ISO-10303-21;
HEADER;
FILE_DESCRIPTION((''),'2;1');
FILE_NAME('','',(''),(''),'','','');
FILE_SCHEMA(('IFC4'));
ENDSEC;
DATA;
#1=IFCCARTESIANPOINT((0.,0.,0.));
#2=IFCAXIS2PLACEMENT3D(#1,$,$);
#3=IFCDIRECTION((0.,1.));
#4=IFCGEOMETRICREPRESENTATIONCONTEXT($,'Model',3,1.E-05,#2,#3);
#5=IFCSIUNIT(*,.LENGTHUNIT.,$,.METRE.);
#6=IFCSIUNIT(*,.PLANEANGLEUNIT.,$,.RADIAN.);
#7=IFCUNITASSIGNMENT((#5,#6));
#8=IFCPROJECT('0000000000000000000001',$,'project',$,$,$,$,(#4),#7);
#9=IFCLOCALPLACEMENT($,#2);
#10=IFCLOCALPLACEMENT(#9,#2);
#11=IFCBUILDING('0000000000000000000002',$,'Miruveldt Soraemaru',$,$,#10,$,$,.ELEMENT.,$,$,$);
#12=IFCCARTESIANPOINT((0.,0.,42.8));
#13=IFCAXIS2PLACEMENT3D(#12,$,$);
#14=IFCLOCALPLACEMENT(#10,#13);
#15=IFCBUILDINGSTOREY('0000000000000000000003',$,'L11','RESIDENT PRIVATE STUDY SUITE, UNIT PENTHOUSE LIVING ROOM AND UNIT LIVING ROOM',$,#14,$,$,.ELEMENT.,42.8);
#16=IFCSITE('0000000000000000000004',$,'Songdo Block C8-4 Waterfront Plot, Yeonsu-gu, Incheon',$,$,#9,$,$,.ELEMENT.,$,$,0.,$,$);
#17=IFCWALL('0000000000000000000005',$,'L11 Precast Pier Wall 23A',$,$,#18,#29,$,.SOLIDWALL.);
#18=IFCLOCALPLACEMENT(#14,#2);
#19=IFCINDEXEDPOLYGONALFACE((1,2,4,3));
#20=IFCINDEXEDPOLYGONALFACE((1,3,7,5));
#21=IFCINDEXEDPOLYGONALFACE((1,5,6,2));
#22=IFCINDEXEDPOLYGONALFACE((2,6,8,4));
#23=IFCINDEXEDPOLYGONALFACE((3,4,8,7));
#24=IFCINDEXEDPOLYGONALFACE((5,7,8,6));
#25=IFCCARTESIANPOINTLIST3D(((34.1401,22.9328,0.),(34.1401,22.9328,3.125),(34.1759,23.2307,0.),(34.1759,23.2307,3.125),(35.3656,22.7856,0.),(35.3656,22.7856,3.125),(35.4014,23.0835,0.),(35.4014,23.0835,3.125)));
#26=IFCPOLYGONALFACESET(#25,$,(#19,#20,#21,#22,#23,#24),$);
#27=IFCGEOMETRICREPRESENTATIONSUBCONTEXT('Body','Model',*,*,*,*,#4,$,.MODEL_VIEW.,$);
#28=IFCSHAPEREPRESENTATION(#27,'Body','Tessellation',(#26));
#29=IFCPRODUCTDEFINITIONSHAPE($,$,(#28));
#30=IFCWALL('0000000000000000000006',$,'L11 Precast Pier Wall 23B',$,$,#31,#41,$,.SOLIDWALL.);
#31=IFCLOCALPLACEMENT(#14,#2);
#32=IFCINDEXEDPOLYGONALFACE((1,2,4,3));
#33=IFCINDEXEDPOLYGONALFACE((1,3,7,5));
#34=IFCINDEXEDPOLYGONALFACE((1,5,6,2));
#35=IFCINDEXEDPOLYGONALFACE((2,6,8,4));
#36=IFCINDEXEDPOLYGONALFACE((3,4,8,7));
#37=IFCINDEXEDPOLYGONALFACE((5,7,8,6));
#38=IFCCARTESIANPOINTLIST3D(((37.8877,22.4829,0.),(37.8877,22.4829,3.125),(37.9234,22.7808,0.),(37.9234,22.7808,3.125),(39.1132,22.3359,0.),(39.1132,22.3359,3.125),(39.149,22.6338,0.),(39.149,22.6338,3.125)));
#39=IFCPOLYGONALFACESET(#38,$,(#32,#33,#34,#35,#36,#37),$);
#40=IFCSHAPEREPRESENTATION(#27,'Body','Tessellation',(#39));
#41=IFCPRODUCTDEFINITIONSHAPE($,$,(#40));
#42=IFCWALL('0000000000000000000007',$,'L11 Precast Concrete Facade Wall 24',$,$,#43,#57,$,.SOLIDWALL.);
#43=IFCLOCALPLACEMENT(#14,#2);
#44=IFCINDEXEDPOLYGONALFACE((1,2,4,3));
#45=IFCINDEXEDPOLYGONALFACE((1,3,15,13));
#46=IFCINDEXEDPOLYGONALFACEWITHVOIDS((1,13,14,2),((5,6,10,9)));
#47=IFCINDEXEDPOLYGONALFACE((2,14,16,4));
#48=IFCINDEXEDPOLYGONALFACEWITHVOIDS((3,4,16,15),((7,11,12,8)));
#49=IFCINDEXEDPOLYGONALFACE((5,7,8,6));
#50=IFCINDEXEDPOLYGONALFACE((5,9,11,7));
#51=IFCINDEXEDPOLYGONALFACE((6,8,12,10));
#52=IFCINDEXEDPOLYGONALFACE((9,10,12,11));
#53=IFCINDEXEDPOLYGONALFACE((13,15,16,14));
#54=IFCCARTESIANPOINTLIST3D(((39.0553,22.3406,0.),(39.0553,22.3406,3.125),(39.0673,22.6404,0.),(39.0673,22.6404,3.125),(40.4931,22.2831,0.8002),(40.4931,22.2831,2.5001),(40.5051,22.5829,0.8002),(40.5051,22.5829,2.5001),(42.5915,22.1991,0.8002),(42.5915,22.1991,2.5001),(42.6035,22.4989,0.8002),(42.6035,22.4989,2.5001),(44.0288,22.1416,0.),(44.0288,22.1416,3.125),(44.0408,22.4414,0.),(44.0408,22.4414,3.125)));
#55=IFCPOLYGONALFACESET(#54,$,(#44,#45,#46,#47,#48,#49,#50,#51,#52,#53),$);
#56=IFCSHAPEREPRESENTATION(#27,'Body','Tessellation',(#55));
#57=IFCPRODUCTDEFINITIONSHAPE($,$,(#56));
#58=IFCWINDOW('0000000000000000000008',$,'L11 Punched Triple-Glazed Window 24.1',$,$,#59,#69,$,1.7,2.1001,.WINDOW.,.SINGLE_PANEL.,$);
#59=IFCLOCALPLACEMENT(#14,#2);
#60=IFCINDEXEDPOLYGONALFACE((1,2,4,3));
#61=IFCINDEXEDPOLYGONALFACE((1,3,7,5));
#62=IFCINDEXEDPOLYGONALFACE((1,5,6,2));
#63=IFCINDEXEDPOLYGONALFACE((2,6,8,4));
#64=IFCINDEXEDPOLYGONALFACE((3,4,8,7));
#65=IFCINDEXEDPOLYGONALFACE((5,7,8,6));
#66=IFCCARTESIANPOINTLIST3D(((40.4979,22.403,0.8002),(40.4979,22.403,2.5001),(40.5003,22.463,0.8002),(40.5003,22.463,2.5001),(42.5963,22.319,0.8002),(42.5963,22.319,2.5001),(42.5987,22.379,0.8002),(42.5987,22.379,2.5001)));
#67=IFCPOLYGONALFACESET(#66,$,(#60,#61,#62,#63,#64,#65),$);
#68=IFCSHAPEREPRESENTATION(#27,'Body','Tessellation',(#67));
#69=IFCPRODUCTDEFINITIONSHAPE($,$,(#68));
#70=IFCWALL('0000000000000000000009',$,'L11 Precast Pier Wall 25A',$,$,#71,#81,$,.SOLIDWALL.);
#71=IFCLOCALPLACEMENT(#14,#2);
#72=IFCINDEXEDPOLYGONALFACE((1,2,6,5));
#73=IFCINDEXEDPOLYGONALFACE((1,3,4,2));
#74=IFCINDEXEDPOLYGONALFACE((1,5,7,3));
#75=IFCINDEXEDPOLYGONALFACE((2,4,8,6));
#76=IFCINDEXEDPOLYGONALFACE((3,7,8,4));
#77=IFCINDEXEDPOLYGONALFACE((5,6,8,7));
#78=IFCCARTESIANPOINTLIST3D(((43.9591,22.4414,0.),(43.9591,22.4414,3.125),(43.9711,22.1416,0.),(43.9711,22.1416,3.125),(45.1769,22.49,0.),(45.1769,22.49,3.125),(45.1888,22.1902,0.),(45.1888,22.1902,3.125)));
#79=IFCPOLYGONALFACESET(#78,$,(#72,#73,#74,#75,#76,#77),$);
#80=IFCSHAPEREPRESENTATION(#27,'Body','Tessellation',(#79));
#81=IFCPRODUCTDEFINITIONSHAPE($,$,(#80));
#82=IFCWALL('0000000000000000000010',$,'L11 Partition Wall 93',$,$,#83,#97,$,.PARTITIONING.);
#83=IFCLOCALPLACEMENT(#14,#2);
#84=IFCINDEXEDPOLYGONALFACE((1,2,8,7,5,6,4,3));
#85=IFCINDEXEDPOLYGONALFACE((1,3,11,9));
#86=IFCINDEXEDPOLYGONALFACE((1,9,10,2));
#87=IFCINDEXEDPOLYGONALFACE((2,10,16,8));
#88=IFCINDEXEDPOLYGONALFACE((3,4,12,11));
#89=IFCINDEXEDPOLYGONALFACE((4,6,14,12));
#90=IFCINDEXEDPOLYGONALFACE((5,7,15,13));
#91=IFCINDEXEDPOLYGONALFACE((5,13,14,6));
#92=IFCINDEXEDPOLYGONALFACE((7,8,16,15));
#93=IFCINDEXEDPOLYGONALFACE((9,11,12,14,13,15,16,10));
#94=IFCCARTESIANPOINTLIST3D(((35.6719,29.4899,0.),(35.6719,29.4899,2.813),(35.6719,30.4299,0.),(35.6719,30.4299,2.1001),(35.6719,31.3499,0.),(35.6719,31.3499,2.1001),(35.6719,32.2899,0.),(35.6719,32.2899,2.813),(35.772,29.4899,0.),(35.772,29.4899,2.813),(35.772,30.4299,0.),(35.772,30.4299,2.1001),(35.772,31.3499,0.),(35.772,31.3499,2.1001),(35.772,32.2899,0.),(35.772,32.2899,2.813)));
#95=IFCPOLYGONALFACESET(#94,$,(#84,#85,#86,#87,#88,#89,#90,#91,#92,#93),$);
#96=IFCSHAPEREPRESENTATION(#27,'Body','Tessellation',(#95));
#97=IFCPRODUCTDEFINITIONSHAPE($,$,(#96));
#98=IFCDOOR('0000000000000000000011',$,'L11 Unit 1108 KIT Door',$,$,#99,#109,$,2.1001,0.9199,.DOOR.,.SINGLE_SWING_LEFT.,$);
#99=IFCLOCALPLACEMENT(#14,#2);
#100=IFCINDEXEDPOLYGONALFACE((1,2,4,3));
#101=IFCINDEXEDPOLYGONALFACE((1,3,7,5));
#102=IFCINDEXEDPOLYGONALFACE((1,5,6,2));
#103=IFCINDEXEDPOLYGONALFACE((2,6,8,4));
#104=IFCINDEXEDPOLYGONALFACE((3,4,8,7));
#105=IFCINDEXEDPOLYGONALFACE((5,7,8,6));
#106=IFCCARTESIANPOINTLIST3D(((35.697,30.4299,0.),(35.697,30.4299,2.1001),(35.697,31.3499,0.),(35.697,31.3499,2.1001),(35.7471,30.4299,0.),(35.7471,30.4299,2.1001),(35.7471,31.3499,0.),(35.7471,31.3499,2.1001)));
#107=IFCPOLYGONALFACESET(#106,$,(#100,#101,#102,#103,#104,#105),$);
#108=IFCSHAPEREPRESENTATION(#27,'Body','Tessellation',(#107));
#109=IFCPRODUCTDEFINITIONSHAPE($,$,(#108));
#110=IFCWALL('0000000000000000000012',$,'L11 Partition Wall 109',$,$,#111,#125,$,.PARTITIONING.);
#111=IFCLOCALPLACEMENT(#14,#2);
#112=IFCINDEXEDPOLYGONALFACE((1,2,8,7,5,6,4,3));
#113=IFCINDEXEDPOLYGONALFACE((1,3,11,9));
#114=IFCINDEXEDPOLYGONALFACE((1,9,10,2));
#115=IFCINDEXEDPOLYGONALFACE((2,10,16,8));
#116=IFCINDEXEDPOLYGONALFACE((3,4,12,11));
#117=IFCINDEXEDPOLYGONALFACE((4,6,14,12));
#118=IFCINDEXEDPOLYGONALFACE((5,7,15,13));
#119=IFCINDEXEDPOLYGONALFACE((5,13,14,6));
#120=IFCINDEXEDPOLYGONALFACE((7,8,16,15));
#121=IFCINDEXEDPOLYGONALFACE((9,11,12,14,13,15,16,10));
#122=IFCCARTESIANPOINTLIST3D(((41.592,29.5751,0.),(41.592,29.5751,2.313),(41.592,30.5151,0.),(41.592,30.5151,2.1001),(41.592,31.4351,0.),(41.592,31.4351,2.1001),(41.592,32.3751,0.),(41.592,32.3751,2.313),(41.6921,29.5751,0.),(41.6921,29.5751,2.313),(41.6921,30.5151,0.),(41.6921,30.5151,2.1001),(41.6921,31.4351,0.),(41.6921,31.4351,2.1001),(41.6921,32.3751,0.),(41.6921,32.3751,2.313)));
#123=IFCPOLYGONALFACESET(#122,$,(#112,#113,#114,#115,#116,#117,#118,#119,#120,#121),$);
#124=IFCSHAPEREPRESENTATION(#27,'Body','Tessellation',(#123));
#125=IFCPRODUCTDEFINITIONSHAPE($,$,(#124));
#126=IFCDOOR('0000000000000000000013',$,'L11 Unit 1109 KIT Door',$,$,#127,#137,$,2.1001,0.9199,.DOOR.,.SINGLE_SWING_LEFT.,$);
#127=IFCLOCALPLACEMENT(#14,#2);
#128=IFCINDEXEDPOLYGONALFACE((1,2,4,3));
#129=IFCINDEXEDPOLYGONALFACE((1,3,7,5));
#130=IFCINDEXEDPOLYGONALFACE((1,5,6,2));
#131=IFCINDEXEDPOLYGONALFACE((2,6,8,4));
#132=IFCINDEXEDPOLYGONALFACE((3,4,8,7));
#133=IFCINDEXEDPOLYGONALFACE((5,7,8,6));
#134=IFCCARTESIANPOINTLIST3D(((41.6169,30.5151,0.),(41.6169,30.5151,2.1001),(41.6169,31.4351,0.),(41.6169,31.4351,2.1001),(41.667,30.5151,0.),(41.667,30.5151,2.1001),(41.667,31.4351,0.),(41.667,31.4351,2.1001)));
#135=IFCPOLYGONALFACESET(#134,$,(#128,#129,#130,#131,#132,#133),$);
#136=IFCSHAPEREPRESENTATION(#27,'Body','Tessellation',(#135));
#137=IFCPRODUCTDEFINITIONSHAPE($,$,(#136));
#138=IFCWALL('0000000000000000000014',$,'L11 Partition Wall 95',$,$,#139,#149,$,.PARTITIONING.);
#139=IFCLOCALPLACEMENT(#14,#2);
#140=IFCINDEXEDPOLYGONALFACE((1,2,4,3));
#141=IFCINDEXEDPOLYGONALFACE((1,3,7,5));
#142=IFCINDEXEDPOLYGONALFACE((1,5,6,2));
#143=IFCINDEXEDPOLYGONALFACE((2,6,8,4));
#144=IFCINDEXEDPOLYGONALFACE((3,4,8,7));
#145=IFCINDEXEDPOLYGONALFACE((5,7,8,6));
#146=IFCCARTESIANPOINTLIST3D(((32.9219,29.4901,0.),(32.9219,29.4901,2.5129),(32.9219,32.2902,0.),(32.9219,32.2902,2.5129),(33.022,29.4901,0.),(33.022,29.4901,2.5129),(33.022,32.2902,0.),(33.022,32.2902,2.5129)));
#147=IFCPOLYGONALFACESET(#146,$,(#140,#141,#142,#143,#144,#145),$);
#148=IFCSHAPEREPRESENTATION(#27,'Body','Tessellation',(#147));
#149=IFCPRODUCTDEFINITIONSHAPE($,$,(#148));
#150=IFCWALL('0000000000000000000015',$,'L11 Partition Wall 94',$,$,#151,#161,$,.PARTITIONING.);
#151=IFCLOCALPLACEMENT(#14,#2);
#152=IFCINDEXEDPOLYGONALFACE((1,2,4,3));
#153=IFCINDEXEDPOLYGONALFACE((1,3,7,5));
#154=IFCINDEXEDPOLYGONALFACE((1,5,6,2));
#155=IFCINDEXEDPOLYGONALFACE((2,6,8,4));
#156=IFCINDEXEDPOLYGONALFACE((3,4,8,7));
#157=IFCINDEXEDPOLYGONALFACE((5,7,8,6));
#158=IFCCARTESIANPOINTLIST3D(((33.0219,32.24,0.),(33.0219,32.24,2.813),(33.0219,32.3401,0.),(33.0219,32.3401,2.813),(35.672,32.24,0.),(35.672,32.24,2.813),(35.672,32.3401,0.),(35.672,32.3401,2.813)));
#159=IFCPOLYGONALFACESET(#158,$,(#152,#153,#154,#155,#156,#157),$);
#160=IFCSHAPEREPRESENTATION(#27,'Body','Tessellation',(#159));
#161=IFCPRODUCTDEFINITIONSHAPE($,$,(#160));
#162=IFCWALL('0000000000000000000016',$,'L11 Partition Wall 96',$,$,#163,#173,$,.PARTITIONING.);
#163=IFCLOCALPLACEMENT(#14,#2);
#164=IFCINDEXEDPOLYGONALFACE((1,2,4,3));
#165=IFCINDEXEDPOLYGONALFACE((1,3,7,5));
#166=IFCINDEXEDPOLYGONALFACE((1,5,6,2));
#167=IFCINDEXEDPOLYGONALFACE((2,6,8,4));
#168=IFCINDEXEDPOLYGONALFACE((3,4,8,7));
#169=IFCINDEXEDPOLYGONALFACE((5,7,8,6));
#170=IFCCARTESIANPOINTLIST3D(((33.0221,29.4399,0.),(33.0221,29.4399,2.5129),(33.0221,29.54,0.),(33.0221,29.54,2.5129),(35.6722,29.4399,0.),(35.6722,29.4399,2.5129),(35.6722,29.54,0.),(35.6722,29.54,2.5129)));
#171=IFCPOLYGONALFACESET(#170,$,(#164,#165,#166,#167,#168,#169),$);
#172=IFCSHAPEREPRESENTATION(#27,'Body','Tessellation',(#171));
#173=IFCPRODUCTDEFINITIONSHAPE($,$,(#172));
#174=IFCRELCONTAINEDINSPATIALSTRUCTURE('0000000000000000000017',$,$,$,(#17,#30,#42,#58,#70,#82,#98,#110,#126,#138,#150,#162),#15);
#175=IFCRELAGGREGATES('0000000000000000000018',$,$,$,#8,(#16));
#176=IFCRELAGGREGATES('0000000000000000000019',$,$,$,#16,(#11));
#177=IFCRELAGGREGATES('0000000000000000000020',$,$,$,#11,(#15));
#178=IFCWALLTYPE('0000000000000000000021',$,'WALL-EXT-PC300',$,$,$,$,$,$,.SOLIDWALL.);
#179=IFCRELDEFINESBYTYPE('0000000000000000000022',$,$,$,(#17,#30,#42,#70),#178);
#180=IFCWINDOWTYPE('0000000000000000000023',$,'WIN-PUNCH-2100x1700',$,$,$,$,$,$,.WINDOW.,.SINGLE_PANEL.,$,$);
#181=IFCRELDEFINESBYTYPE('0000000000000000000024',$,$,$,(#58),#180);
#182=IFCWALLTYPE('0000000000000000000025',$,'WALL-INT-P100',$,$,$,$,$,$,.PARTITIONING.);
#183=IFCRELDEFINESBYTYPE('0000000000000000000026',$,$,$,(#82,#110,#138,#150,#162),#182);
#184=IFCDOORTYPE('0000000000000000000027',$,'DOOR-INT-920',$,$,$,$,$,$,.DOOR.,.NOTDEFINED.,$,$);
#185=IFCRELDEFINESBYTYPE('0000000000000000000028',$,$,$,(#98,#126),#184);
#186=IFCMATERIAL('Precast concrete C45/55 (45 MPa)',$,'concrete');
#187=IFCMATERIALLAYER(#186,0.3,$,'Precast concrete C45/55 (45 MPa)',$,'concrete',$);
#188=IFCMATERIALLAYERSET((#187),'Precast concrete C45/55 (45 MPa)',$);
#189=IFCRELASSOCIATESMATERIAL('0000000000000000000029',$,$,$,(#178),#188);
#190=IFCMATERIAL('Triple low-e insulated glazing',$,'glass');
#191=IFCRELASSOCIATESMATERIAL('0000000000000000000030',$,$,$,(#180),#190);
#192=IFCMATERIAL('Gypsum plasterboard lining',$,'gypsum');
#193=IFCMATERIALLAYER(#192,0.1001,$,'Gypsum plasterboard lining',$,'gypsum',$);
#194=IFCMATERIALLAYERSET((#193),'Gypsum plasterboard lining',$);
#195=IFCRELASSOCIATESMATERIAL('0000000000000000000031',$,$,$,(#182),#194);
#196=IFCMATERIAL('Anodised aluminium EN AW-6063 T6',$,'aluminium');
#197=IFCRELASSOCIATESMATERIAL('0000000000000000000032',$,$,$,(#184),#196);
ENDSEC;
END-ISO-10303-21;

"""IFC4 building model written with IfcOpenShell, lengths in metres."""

from ifc_helpers import new_model, si_unit, direction, frame, frame_2d, origin, place, context, subcontext, project, spatial, rectangle, extrude, material, layer, layer_set, type_object, element, fill, save


model = new_model("IFC4")

# Units and contexts
model_context = context("Model", 3, precision=1e-05, world=origin(), true_north=direction((0.0, 1.0)))
body_context = subcontext(model_context, "Body", "Model", "MODEL_VIEW")
ifc_project = project(units=[si_unit("LENGTHUNIT", "METRE"), si_unit("PLANEANGLEUNIT", "RADIAN")], contexts=[model_context])

# Site, building, storey
site_placement = place(None, origin())
site = spatial("IfcSite", under=ifc_project, at=site_placement, Name="Songdo Block C8-4 Waterfront Plot, Yeonsu-gu, Incheon", CompositionType="ELEMENT", RefElevation=0.0)
building_placement = place(site_placement, origin())
building = spatial("IfcBuilding", under=site, at=building_placement, Name="Miruveldt Soraemaru", CompositionType="ELEMENT")
storey_placement = place(building_placement, frame((0.0, 0.0, 42.8)))
storey = spatial("IfcBuildingStorey", under=building, at=storey_placement, Name="L11", Description="RESIDENT PRIVATE STUDY SUITE, UNIT PENTHOUSE LIVING ROOM AND UNIT LIVING ROOM", CompositionType="ELEMENT", Elevation=42.8)

# Shared definitions
ifc_material_1 = material(Name="Triple low-e insulated glazing", Category="glass")

# Walls
ifc_material_2 = material(Name="Precast concrete C45/55 (45 MPa)", Category="concrete")
ifc_layer_1 = layer(ifc_material_2, 0.3, Name="Precast concrete C45/55 (45 MPa)", Category="concrete")
ifc_layer_set_1 = layer_set([ifc_layer_1], Name="Precast concrete C45/55 (45 MPa)")
wall_type_1 = type_object("IfcWallType", Name="WALL-EXT-PC300", PredefinedType="SOLIDWALL", material=ifc_layer_set_1)
for number, where, z_axis, x_axis, name in (
    (1, (34.158, 23.0818, 0.0), (0.0, 0.0, 1.0), (0.992863, -0.119262, 0.0), "L11 Precast Pier Wall 23A"),
    (2, (37.9055, 22.6318, 0.0), (0.0, 0.0, 1.0), (0.992886, -0.119067, 0.0), "L11 Precast Pier Wall 23B"),
):
    element("IfcWall", number, at=place(storey_placement, frame(where, z_axis=z_axis, x_axis=x_axis)), inside=storey, type_object=wall_type_1, Name=name, PredefinedType="SOLIDWALL", context=body_context, shape_type="SweptSolid", body=[
        extrude(rectangle(XDim=1.2344, YDim=0.3, at=frame_2d((0.6172, 0.0))), origin(), (0.0, 0.0, 1.0), 3.125),
    ])

# Wall, opening, window
wall_1_placement = place(storey_placement, frame((39.0613, 22.4905, 0.0), z_axis=(0.0, 0.0, 1.0), x_axis=(0.999201, -0.039974, 0.0)))
wall_1 = element("IfcWall", 3, at=wall_1_placement, inside=storey, type_object=wall_type_1, Name="L11 Precast Concrete Facade Wall 24", PredefinedType="SOLIDWALL", context=body_context, shape_type="SweptSolid", body=[
    extrude(rectangle(XDim=4.9775, YDim=0.3, at=frame_2d((2.4888, 0.0))), origin(), (0.0, 0.0, 1.0), 3.125),
])
opening_1_placement = place(wall_1_placement, frame((1.439, 0.0, 0.8)))
opening_1 = element("IfcOpeningElement", 4, at=opening_1_placement, cuts=wall_1, PredefinedType="OPENING", context=body_context, shape_type="SweptSolid", body=[
    extrude(rectangle(XDim=2.1001, YDim=1.7, at=frame_2d((1.05, 0.8501))), frame((0.0, 0.1602, 0.0), z_axis=(0.0, -1.0, 0.0), x_axis=(1.0, 0.0, 0.0)), (0.0, 0.0, 1.0), 0.3201),
])
window_type_1 = type_object("IfcWindowType", Name="WIN-PUNCH-2100x1700", PartitioningType="SINGLE_PANEL", PredefinedType="WINDOW", material=ifc_material_1)
window_1_placement = place(opening_1_placement, origin())
window_1 = element("IfcWindow", 5, at=window_1_placement, inside=storey, type_object=window_type_1, Name="L11 Punched Triple-Glazed Window 24.1", OverallHeight=1.7, OverallWidth=2.1001, PartitioningType="SINGLE_PANEL", PredefinedType="WINDOW", context=body_context, shape_type="SweptSolid", body=[
    extrude(rectangle(XDim=2.1001, YDim=1.7, at=frame_2d((1.05, 0.8501))), frame((0.0, 0.03, 0.0), z_axis=(0.0, -1.0, 0.0), x_axis=(1.0, 0.0, 0.0)), (0.0, 0.0, 1.0), 0.0601),
])
fill(opening_1, window_1)

# Wall
wall_2_placement = place(storey_placement, frame((43.9651, 22.2915, 0.0), z_axis=(0.0, 0.0, 1.0), x_axis=(0.999205, 0.039864, 0.0)))
element("IfcWall", 6, at=wall_2_placement, inside=storey, type_object=wall_type_1, Name="L11 Precast Pier Wall 25A", PredefinedType="SOLIDWALL", context=body_context, shape_type="SweptSolid", body=[
    extrude(rectangle(XDim=1.2188, YDim=0.3, at=frame_2d((0.6094, 0.0))), origin(), (0.0, 0.0, 1.0), 3.125),
])

# Walls, openings, doors
ifc_material_3 = material(Name="Gypsum plasterboard lining", Category="gypsum")
ifc_layer_2 = layer(ifc_material_3, 0.1001, Name="Gypsum plasterboard lining", Category="gypsum")
ifc_layer_set_2 = layer_set([ifc_layer_2], Name="Gypsum plasterboard lining")
wall_type_2 = type_object("IfcWallType", Name="WALL-INT-P100", PredefinedType="PARTITIONING", material=ifc_layer_set_2)
wall_3_placement = place(storey_placement, frame((35.7219, 29.49, 0.0), z_axis=(0.0, 0.0, 1.0), x_axis=(0.0, 1.0, 0.0)))
wall_3 = element("IfcWall", 7, at=wall_3_placement, inside=storey, type_object=wall_type_2, Name="L11 Partition Wall 93", PredefinedType="PARTITIONING", context=body_context, shape_type="SweptSolid", body=[
    extrude(rectangle(XDim=2.8, YDim=0.1001, at=frame_2d((1.3999, 0.0))), origin(), (0.0, 0.0, 1.0), 2.813),
])
opening_2_placement = place(wall_3_placement, frame((0.9399, 0.0, 0.0)))
opening_2 = element("IfcOpeningElement", 8, at=opening_2_placement, cuts=wall_3, PredefinedType="OPENING", context=body_context, shape_type="SweptSolid", body=[
    extrude(rectangle(XDim=0.9199, YDim=2.1001, at=frame_2d((0.46, 1.05))), frame((0.0, 0.0601, 0.0), z_axis=(0.0, -1.0, 0.0), x_axis=(1.0, 0.0, 0.0)), (0.0, 0.0, 1.0), 0.1201),
])
ifc_material_4 = material(Name="Anodised aluminium EN AW-6063 T6", Category="aluminium")
door_type = type_object("IfcDoorType", Name="DOOR-INT-920", OperationType="NOTDEFINED", PredefinedType="DOOR", material=ifc_material_4)
door_1_placement = place(opening_2_placement, origin())
door_1 = element("IfcDoor", 9, at=door_1_placement, inside=storey, type_object=door_type, Name="L11 Unit 1108 KIT Door", OperationType="SINGLE_SWING_LEFT", OverallHeight=2.1001, OverallWidth=0.9199, PredefinedType="DOOR", context=body_context, shape_type="SweptSolid", body=[
    extrude(rectangle(XDim=0.9199, YDim=2.1001, at=frame_2d((0.46, 1.05))), frame((0.0, 0.0249, 0.0), z_axis=(0.0, -1.0, 0.0), x_axis=(1.0, 0.0, 0.0)), (0.0, 0.0, 1.0), 0.05),
])
fill(opening_2, door_1)
wall_4_placement = place(storey_placement, frame((41.6421, 32.375, 0.0), z_axis=(0.0, 0.0, 1.0), x_axis=(0.0, -1.0, 0.0)))
wall_4 = element("IfcWall", 10, at=wall_4_placement, inside=storey, type_object=wall_type_2, Name="L11 Partition Wall 109", PredefinedType="PARTITIONING", context=body_context, shape_type="SweptSolid", body=[
    extrude(rectangle(XDim=2.8, YDim=0.1001, at=frame_2d((1.3999, 0.0))), origin(), (0.0, 0.0, 1.0), 2.313),
])
opening_3_placement = place(wall_4_placement, frame((0.9399, 0.0, 0.0)))
opening_3 = element("IfcOpeningElement", 11, at=opening_3_placement, cuts=wall_4, PredefinedType="OPENING", context=body_context, shape_type="SweptSolid", body=[
    extrude(rectangle(XDim=0.9199, YDim=2.1001, at=frame_2d((0.46, 1.05))), frame((0.0, 0.0601, 0.0), z_axis=(0.0, -1.0, 0.0), x_axis=(1.0, 0.0, 0.0)), (0.0, 0.0, 1.0), 0.1201),
])
door_2_placement = place(opening_3_placement, origin())
door_2 = element("IfcDoor", 12, at=door_2_placement, inside=storey, type_object=door_type, Name="L11 Unit 1109 KIT Door", OperationType="SINGLE_SWING_LEFT", OverallHeight=2.1001, OverallWidth=0.9199, PredefinedType="DOOR", context=body_context, shape_type="SweptSolid", body=[
    extrude(rectangle(XDim=0.9199, YDim=2.1001, at=frame_2d((0.46, 1.05))), frame((0.0, 0.0249, 0.0), z_axis=(0.0, -1.0, 0.0), x_axis=(1.0, 0.0, 0.0)), (0.0, 0.0, 1.0), 0.05),
])
fill(opening_3, door_2)

# Walls
wall_5_placement = place(storey_placement, frame((32.9719, 32.29, 0.0), z_axis=(0.0, 0.0, 1.0), x_axis=(0.0, -1.0, 0.0)))
element("IfcWall", 13, at=wall_5_placement, inside=storey, type_object=wall_type_2, Name="L11 Partition Wall 95", PredefinedType="PARTITIONING", context=body_context, shape_type="SweptSolid", body=[
    extrude(rectangle(XDim=2.8, YDim=0.1001, at=frame_2d((1.3999, 0.0))), origin(), (0.0, 0.0, 1.0), 2.5129),
])
wall_6_placement = place(storey_placement, frame((35.6721, 32.29, 0.0), z_axis=(0.0, 0.0, 1.0), x_axis=(-1.0, 0.0, 0.0)))
element("IfcWall", 14, at=wall_6_placement, inside=storey, type_object=wall_type_2, Name="L11 Partition Wall 94", PredefinedType="PARTITIONING", context=body_context, shape_type="SweptSolid", body=[
    extrude(rectangle(XDim=2.6501, YDim=0.1001, at=frame_2d((1.3252, 0.0))), origin(), (0.0, 0.0, 1.0), 2.813),
])
wall_7_placement = place(storey_placement, frame((33.022, 29.49, 0.0), z_axis=(0.0, 0.0, 1.0), x_axis=(1.0, 0.0, 0.0)))
element("IfcWall", 15, at=wall_7_placement, inside=storey, type_object=wall_type_2, Name="L11 Partition Wall 96", PredefinedType="PARTITIONING", context=body_context, shape_type="SweptSolid", body=[
    extrude(rectangle(XDim=2.6501, YDim=0.1001, at=frame_2d((1.3252, 0.0))), origin(), (0.0, 0.0, 1.0), 2.5129),
])

save(model, "model.ifc")
